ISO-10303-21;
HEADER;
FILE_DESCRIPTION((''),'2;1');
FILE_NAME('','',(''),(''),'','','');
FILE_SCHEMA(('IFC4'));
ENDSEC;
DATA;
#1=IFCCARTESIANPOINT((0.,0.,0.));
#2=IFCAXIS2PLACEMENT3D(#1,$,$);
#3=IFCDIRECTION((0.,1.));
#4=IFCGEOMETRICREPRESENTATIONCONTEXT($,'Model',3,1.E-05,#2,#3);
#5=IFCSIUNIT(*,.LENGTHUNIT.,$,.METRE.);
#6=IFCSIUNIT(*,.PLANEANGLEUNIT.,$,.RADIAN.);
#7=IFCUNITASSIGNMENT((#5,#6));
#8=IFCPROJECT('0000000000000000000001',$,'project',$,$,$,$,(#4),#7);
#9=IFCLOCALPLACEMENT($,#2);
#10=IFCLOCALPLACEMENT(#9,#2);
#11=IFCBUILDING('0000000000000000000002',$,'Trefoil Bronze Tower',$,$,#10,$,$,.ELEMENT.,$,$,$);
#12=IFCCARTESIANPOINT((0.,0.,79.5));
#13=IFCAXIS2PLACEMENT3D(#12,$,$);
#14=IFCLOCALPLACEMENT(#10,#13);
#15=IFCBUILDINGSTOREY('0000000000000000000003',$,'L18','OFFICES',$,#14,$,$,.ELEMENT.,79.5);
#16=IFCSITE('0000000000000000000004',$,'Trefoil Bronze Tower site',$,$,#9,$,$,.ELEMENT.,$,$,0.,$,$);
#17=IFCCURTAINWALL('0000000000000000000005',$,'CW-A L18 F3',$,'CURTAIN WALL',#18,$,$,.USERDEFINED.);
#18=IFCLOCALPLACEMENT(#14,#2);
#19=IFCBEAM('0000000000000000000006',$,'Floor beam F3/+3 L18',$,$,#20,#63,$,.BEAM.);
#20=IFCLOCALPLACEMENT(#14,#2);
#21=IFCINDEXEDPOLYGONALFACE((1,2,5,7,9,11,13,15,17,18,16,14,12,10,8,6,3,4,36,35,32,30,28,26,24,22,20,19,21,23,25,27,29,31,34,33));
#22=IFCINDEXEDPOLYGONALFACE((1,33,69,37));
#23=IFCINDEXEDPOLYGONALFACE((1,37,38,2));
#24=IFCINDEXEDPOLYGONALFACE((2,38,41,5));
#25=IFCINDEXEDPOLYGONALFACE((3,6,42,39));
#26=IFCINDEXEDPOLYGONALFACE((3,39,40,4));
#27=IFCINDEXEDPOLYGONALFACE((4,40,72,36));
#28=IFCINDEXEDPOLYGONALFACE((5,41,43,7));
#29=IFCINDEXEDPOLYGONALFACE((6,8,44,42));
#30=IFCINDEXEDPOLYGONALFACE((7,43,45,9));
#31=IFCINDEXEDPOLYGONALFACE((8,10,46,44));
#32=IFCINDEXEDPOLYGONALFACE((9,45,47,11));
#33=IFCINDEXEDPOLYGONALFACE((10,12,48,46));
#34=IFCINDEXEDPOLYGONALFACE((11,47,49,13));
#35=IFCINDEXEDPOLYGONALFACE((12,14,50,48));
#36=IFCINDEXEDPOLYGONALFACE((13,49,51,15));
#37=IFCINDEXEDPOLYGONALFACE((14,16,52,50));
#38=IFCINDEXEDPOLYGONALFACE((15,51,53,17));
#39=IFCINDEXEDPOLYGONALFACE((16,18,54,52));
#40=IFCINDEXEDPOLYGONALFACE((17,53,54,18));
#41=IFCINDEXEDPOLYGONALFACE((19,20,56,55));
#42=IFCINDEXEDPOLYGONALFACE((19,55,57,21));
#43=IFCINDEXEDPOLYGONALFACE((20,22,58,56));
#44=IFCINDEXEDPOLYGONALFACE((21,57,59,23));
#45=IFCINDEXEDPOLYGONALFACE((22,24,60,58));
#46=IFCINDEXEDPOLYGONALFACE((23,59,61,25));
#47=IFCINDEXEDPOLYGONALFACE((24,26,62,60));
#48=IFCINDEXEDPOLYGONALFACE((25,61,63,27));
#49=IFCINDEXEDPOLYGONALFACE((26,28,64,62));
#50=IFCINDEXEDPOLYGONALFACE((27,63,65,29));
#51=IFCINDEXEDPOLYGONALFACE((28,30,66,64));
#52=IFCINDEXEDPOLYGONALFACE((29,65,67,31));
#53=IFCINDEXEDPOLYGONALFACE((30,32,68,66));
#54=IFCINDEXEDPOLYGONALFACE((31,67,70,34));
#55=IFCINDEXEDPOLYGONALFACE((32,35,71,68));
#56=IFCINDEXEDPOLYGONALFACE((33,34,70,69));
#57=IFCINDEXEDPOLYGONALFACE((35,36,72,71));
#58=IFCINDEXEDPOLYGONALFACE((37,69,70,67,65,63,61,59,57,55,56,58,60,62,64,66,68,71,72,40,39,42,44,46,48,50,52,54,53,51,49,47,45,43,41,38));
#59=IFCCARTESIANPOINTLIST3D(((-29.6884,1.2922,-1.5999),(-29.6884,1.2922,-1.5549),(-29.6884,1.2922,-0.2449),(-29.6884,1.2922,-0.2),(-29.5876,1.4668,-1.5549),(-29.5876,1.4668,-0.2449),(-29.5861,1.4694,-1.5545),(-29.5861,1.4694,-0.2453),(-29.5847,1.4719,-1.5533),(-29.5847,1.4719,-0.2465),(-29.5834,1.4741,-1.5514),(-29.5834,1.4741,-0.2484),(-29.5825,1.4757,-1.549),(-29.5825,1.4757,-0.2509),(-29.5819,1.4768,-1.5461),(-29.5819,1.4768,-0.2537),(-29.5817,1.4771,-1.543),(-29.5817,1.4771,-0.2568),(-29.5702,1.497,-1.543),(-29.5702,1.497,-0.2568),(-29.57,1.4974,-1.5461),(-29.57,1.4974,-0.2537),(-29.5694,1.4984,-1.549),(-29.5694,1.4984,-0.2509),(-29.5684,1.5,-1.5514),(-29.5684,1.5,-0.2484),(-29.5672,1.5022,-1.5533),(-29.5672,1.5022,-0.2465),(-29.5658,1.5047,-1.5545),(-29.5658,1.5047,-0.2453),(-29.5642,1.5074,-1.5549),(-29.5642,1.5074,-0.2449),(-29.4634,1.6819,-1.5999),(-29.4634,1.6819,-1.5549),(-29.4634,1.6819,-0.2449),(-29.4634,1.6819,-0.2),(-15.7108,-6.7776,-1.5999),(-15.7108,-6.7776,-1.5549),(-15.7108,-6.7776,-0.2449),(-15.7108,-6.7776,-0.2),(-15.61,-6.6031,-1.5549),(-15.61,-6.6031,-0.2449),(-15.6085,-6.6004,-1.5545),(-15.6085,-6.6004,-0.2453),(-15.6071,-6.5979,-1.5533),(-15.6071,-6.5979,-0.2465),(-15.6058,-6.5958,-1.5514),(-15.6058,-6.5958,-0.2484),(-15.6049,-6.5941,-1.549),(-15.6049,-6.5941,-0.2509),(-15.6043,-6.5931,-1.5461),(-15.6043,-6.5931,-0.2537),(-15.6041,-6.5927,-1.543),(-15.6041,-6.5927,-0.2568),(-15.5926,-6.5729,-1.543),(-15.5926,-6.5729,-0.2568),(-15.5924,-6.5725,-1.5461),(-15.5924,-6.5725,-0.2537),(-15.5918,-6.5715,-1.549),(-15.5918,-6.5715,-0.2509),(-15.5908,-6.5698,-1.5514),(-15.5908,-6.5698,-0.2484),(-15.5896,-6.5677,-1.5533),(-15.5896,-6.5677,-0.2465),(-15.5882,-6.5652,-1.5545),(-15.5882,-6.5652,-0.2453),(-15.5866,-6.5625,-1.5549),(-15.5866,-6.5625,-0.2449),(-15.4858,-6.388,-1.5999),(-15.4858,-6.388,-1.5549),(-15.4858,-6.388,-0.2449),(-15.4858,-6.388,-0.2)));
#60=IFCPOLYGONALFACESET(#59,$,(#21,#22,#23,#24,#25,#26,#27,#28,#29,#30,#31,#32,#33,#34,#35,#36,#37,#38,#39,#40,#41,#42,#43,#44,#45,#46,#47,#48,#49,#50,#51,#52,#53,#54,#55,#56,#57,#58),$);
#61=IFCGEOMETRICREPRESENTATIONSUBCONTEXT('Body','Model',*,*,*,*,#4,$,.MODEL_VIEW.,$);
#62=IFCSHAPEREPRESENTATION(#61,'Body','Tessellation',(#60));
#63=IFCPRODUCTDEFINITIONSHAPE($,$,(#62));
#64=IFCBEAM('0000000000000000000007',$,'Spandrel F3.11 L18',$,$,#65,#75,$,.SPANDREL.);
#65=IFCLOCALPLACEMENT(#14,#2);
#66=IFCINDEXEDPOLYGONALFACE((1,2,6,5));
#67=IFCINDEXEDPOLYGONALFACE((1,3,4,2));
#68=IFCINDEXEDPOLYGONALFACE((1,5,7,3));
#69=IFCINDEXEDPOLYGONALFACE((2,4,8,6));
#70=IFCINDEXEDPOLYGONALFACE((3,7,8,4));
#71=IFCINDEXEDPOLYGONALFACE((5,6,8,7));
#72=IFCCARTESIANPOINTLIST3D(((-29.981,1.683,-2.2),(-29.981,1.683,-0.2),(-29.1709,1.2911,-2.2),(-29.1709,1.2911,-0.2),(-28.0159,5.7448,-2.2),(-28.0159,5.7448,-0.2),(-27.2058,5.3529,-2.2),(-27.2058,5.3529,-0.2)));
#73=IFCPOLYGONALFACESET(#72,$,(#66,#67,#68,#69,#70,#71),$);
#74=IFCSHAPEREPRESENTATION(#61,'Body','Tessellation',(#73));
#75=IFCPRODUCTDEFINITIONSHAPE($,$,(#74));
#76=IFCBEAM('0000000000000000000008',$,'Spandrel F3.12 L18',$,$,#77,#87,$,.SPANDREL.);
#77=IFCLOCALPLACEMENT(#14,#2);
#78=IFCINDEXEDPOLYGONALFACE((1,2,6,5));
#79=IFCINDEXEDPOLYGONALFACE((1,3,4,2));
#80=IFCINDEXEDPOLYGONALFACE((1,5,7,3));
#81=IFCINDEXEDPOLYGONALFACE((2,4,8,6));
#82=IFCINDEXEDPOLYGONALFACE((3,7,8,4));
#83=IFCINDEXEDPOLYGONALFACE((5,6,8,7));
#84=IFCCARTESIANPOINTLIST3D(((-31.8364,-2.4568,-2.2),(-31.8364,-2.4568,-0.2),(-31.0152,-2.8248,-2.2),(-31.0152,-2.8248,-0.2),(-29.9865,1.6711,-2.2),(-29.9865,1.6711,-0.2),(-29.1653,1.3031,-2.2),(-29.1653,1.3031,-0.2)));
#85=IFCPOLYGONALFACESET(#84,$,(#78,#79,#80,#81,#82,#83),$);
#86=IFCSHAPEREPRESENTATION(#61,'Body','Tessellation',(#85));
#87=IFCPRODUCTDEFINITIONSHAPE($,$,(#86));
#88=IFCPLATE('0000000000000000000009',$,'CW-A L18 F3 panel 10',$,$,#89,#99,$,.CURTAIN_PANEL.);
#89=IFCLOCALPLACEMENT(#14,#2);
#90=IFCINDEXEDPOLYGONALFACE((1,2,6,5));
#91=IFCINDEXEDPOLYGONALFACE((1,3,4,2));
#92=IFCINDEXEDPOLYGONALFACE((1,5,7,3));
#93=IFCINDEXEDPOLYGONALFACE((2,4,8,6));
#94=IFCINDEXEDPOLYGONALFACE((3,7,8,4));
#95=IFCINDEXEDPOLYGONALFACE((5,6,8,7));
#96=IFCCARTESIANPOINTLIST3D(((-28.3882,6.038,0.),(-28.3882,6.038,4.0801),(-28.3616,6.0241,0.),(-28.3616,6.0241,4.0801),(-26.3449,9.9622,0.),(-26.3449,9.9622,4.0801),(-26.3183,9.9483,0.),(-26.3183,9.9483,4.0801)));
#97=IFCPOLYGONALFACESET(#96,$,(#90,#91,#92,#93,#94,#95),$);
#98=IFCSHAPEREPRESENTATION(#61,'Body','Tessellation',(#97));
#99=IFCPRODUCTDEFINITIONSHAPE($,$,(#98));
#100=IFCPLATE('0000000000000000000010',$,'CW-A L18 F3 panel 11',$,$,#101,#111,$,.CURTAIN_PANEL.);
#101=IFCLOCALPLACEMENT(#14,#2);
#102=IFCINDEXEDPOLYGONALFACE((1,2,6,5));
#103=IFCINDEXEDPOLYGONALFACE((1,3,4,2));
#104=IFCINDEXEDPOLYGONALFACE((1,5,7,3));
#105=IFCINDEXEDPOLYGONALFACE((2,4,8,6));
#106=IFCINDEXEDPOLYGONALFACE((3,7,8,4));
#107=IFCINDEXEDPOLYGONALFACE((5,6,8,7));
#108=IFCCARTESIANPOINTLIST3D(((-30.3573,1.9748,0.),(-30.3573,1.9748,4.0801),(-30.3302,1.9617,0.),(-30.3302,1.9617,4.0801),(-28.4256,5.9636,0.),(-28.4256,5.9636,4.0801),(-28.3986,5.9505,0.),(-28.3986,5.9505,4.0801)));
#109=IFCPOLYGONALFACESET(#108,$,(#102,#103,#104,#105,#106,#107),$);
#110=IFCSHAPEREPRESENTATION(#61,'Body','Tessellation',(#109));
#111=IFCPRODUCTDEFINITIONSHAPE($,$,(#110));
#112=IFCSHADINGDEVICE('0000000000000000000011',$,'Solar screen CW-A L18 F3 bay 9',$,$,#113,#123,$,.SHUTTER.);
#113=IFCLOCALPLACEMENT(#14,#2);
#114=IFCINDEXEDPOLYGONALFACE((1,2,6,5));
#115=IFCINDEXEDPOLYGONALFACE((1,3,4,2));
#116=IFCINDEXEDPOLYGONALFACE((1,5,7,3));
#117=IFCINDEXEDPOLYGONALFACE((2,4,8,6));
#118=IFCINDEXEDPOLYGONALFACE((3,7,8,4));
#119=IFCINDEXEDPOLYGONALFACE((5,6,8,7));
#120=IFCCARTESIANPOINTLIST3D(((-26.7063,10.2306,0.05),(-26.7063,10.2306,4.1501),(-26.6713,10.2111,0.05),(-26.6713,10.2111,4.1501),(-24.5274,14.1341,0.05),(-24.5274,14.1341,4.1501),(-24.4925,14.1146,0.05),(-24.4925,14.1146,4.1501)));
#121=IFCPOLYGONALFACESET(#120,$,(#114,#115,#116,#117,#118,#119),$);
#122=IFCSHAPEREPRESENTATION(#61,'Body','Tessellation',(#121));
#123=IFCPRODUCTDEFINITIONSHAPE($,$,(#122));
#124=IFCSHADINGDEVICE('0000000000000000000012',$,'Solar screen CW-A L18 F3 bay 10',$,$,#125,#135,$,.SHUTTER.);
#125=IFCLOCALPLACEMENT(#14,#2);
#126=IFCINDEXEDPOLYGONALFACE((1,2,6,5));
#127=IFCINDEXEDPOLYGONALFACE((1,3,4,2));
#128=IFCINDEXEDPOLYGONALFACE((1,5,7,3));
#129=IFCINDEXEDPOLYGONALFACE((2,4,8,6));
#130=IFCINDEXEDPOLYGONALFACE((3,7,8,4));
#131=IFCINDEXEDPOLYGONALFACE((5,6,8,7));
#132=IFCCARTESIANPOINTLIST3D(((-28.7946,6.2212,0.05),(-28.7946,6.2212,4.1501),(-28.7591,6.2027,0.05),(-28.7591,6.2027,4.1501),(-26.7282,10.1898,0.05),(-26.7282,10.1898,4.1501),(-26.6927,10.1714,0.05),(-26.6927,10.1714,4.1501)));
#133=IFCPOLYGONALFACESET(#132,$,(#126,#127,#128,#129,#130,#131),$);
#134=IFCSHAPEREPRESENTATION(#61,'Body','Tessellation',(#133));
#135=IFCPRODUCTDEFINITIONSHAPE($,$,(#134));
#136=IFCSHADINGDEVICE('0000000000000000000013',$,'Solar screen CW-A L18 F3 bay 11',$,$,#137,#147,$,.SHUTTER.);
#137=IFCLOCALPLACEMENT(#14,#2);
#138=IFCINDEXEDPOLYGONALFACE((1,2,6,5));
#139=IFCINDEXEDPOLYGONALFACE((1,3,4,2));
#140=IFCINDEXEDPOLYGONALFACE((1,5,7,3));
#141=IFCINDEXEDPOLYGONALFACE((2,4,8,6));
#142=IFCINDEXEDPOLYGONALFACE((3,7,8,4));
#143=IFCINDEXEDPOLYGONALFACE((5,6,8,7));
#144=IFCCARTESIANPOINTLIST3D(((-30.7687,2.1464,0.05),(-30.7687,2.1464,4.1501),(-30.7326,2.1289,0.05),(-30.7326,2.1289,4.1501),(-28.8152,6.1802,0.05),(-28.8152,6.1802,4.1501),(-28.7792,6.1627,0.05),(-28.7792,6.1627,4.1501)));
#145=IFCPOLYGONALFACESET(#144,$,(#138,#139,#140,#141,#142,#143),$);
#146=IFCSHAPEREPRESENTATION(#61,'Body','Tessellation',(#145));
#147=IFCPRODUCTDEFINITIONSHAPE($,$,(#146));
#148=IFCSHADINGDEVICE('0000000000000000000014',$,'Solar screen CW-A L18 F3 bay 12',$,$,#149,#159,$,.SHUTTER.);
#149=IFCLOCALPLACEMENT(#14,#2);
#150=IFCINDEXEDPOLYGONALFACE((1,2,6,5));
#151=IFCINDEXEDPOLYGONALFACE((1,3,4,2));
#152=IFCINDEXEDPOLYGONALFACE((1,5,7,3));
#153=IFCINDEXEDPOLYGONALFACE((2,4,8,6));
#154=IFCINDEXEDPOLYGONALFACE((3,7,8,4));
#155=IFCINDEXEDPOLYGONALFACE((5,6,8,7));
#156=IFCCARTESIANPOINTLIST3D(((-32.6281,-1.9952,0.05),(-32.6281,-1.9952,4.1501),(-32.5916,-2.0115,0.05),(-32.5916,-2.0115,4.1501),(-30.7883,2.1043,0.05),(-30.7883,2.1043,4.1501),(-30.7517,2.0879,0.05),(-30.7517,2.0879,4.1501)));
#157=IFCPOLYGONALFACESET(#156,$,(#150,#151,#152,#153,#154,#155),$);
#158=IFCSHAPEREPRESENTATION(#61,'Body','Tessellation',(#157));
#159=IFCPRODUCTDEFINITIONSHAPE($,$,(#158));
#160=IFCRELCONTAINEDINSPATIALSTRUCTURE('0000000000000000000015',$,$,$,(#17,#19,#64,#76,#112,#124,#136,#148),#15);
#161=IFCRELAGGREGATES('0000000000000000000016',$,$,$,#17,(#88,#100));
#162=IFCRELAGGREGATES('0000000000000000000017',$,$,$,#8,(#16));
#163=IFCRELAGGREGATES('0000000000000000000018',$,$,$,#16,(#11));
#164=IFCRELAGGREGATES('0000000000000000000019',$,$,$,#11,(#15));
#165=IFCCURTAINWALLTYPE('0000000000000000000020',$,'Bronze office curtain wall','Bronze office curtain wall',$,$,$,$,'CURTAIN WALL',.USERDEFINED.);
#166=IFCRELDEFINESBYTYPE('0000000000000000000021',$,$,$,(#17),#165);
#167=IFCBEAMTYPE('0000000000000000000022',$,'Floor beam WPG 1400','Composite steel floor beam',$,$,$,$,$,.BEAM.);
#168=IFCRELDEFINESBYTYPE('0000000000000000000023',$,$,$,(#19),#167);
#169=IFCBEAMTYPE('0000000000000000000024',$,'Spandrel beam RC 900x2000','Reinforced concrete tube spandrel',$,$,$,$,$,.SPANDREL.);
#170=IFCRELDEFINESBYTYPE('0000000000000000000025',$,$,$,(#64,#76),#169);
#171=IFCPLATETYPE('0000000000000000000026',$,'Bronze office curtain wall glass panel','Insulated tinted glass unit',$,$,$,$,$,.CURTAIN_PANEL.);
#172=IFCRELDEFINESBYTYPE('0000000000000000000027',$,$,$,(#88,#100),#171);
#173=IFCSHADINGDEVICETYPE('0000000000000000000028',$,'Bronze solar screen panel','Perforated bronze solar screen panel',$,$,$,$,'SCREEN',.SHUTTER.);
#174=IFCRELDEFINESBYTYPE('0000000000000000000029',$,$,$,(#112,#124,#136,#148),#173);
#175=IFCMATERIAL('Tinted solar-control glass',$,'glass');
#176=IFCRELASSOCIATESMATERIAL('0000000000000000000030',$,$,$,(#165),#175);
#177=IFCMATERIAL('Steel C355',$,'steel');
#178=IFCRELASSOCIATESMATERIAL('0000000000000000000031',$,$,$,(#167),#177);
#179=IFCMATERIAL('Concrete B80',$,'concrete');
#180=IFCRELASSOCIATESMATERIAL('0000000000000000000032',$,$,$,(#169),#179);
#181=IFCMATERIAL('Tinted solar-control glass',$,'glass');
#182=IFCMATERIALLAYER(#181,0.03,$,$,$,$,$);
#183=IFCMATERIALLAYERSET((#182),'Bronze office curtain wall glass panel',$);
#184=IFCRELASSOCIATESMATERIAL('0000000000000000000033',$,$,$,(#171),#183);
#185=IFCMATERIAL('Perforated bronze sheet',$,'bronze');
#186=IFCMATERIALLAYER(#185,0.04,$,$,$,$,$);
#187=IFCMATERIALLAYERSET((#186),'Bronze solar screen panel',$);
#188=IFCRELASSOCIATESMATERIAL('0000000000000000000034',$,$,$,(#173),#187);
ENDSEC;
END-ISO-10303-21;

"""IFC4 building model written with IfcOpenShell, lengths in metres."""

from ifc_helpers import new_model, si_unit, direction, frame, origin, origin_2d, place, context, subcontext, project, spatial, rectangle, i_section, extrude, material, layer, layer_set, material_profile, profile_set, type_object, element, aggregate, save


model = new_model("IFC4")

# Units and contexts
model_context = context("Model", 3, precision=1e-05, world=origin(), true_north=direction((0.0, 1.0)))
body_context = subcontext(model_context, "Body", "Model", "MODEL_VIEW")
ifc_project = project(units=[si_unit("LENGTHUNIT", "METRE"), si_unit("PLANEANGLEUNIT", "RADIAN")], contexts=[model_context])

# Site, building, storey
site_placement = place(None, origin())
site = spatial("IfcSite", under=ifc_project, at=site_placement, Name="Trefoil Bronze Tower site", CompositionType="ELEMENT", RefElevation=0.0)
building_placement = place(site_placement, origin())
building = spatial("IfcBuilding", under=site, at=building_placement, Name="Trefoil Bronze Tower", CompositionType="ELEMENT")
storey_placement = place(building_placement, frame((0.0, 0.0, 79.5)))
storey = spatial("IfcBuildingStorey", under=building, at=storey_placement, Name="L18", Description="OFFICES", CompositionType="ELEMENT", Elevation=79.5)

# Curtain wall
ifc_material_1 = material(Name="Tinted solar-control glass", Category="glass")
curtain_wall_type = type_object("IfcCurtainWallType", Name="Bronze office curtain wall", Description="Bronze office curtain wall", ElementType="CURTAIN WALL", PredefinedType="USERDEFINED", material=ifc_material_1)
curtain_wall_placement = place(storey_placement, origin())
curtain_wall = element("IfcCurtainWall", 1, at=curtain_wall_placement, inside=storey, type_object=curtain_wall_type, Name="CW-A L18 F3", ObjectType="CURTAIN WALL", PredefinedType="USERDEFINED")

# Beams
ifc_material_2 = material(Name="Steel C355", Category="steel")
ifc_material_profile_1 = material_profile(ifc_material_2, i_section(OverallWidth=0.45, OverallDepth=1.3999, WebThickness=0.0229, FlangeThickness=0.0449, FilletRadius=0.012, at=origin_2d()), Name="WPG 1400")
ifc_profile_set_1 = profile_set([ifc_material_profile_1], Name="Steel C355")
beam_type_1 = type_object("IfcBeamType", Name="Floor beam WPG 1400", Description="Composite steel floor beam", PredefinedType="BEAM", material=ifc_profile_set_1)
beam_1_placement = place(storey_placement, frame((-29.5759, 1.4871, -0.8999), z_axis=(0.866028, -0.499995, 0.0), x_axis=(0.499995, 0.866028, 0.0)))
element("IfcBeam", 2, at=beam_1_placement, inside=storey, type_object=beam_type_1, Name="Floor beam F3/+3 L18", PredefinedType="BEAM", context=body_context, shape_type="SweptSolid", body=[
    extrude(i_section(OverallWidth=0.45, OverallDepth=1.3999, WebThickness=0.0229, FlangeThickness=0.0449, FilletRadius=0.012, at=origin_2d()), origin(), (0.0, 0.0, 1.0), 16.1399),
])
ifc_material_3 = material(Name="Concrete B80", Category="concrete")
ifc_material_profile_2 = material_profile(ifc_material_3, rectangle(XDim=0.8999, YDim=2.0, at=origin_2d()), Name="RC 900x2000")
ifc_profile_set_2 = profile_set([ifc_material_profile_2], Name="Concrete B80")
beam_type_2 = type_object("IfcBeamType", Name="Spandrel beam RC 900x2000", Description="Reinforced concrete tube spandrel", PredefinedType="SPANDREL", material=ifc_profile_set_2)
beam_2_placement = place(storey_placement, frame((-27.6108, 5.5488, -1.2), z_axis=(-0.43551, -0.900184, 0.0), x_axis=(0.900184, -0.43551, 0.0)))
element("IfcBeam", 3, at=beam_2_placement, inside=storey, type_object=beam_type_2, Name="Spandrel F3.11 L18", PredefinedType="SPANDREL", context=body_context, shape_type="SweptSolid", body=[
    extrude(rectangle(XDim=0.8999, YDim=2.0, at=origin_2d()), origin(), (0.0, 0.0, 1.0), 4.5122),
])
beam_3_placement = place(storey_placement, frame((-29.5759, 1.4871, -1.2), z_axis=(-0.408946, -0.912559, 0.0), x_axis=(0.912559, -0.408946, 0.0)))
element("IfcBeam", 4, at=beam_3_placement, inside=storey, type_object=beam_type_2, Name="Spandrel F3.12 L18", PredefinedType="SPANDREL", context=body_context, shape_type="SweptSolid", body=[
    extrude(rectangle(XDim=0.8999, YDim=2.0, at=origin_2d()), origin(), (0.0, 0.0, 1.0), 4.5234),
])

# Plates
ifc_material_4 = material(Name="Tinted solar-control glass", Category="glass")
ifc_layer_1 = layer(ifc_material_4, 0.03)
ifc_layer_set_1 = layer_set([ifc_layer_1], Name="Bronze office curtain wall glass panel")
plate_type = type_object("IfcPlateType", Name="Bronze office curtain wall glass panel", Description="Insulated tinted glass unit", PredefinedType="CURTAIN_PANEL", material=ifc_layer_set_1)
plate_1_placement = place(storey_placement, frame((-27.3533, 7.9932, 0.0), z_axis=(0.0, 0.0, 1.0), x_axis=(-0.46183, -0.886969, 0.0)))
plate_1 = element("IfcPlate", 5, at=plate_1_placement, type_object=plate_type, Name="CW-A L18 F3 panel 10", PredefinedType="CURTAIN_PANEL", context=body_context, shape_type="SweptSolid", body=[
    extrude(rectangle(XDim=4.4243, YDim=0.03, at=origin_2d()), origin(), (0.0, 0.0, 1.0), 4.0801),
])
plate_2_placement = place(storey_placement, frame((-29.3779, 3.9626, 0.0), z_axis=(0.0, 0.0, 1.0), x_axis=(-0.435855, -0.900017, 0.0)))
plate_2 = element("IfcPlate", 6, at=plate_2_placement, type_object=plate_type, Name="CW-A L18 F3 panel 11", PredefinedType="CURTAIN_PANEL", context=body_context, shape_type="SweptSolid", body=[
    extrude(rectangle(XDim=4.4319, YDim=0.03, at=origin_2d()), origin(), (0.0, 0.0, 1.0), 4.0801),
])
aggregate(curtain_wall, [plate_1, plate_2])

# Shading devices
ifc_material_5 = material(Name="Perforated bronze sheet", Category="bronze")
ifc_layer_2 = layer(ifc_material_5, 0.04)
ifc_layer_set_2 = layer_set([ifc_layer_2], Name="Bronze solar screen panel")
shading_device_type = type_object("IfcShadingDeviceType", Name="Bronze solar screen panel", Description="Perforated bronze solar screen panel", ElementType="SCREEN", PredefinedType="SHUTTER", material=ifc_layer_set_2)
shading_device_1_placement = place(storey_placement, frame((-25.5994, 12.1726, 0.05), z_axis=(0.0, 0.0, 1.0), x_axis=(-0.487382, -0.873189, 0.0)))
element("IfcShadingDevice", 7, at=shading_device_1_placement, inside=storey, type_object=shading_device_type, Name="Solar screen CW-A L18 F3 bay 9", PredefinedType="SHUTTER", context=body_context, shape_type="SweptSolid", body=[
    extrude(rectangle(XDim=4.4705, YDim=0.04, at=origin_2d()), origin(), (0.0, 0.0, 1.0), 4.1001),
])
shading_device_2_placement = place(storey_placement, frame((-27.7437, 8.1963, 0.05), z_axis=(0.0, 0.0, 1.0), x_axis=(-0.46183, -0.886969, 0.0)))
element("IfcShadingDevice", 8, at=shading_device_2_placement, inside=storey, type_object=shading_device_type, Name="Solar screen CW-A L18 F3 bay 10", PredefinedType="SHUTTER", context=body_context, shape_type="SweptSolid", body=[
    extrude(rectangle(XDim=4.4744, YDim=0.04, at=origin_2d()), origin(), (0.0, 0.0, 1.0), 4.1001),
])
shading_device_3_placement = place(storey_placement, frame((-29.7739, 4.1545, 0.05), z_axis=(0.0, 0.0, 1.0), x_axis=(-0.435855, -0.900017, 0.0)))
element("IfcShadingDevice", 9, at=shading_device_3_placement, inside=storey, type_object=shading_device_type, Name="Solar screen CW-A L18 F3 bay 11", PredefinedType="SHUTTER", context=body_context, shape_type="SweptSolid", body=[
    extrude(rectangle(XDim=4.4819, YDim=0.04, at=origin_2d()), origin(), (0.0, 0.0, 1.0), 4.1001),
])
shading_device_4_placement = place(storey_placement, frame((-31.6899, 0.0464, 0.05), z_axis=(0.0, 0.0, 1.0), x_axis=(-0.409456, -0.91233, 0.0)))
element("IfcShadingDevice", 10, at=shading_device_4_placement, inside=storey, type_object=shading_device_type, Name="Solar screen CW-A L18 F3 bay 12", PredefinedType="SHUTTER", context=body_context, shape_type="SweptSolid", body=[
    extrude(rectangle(XDim=4.4934, YDim=0.04, at=origin_2d()), origin(), (0.0, 0.0, 1.0), 4.1001),
])

save(model, "model.ifc")
